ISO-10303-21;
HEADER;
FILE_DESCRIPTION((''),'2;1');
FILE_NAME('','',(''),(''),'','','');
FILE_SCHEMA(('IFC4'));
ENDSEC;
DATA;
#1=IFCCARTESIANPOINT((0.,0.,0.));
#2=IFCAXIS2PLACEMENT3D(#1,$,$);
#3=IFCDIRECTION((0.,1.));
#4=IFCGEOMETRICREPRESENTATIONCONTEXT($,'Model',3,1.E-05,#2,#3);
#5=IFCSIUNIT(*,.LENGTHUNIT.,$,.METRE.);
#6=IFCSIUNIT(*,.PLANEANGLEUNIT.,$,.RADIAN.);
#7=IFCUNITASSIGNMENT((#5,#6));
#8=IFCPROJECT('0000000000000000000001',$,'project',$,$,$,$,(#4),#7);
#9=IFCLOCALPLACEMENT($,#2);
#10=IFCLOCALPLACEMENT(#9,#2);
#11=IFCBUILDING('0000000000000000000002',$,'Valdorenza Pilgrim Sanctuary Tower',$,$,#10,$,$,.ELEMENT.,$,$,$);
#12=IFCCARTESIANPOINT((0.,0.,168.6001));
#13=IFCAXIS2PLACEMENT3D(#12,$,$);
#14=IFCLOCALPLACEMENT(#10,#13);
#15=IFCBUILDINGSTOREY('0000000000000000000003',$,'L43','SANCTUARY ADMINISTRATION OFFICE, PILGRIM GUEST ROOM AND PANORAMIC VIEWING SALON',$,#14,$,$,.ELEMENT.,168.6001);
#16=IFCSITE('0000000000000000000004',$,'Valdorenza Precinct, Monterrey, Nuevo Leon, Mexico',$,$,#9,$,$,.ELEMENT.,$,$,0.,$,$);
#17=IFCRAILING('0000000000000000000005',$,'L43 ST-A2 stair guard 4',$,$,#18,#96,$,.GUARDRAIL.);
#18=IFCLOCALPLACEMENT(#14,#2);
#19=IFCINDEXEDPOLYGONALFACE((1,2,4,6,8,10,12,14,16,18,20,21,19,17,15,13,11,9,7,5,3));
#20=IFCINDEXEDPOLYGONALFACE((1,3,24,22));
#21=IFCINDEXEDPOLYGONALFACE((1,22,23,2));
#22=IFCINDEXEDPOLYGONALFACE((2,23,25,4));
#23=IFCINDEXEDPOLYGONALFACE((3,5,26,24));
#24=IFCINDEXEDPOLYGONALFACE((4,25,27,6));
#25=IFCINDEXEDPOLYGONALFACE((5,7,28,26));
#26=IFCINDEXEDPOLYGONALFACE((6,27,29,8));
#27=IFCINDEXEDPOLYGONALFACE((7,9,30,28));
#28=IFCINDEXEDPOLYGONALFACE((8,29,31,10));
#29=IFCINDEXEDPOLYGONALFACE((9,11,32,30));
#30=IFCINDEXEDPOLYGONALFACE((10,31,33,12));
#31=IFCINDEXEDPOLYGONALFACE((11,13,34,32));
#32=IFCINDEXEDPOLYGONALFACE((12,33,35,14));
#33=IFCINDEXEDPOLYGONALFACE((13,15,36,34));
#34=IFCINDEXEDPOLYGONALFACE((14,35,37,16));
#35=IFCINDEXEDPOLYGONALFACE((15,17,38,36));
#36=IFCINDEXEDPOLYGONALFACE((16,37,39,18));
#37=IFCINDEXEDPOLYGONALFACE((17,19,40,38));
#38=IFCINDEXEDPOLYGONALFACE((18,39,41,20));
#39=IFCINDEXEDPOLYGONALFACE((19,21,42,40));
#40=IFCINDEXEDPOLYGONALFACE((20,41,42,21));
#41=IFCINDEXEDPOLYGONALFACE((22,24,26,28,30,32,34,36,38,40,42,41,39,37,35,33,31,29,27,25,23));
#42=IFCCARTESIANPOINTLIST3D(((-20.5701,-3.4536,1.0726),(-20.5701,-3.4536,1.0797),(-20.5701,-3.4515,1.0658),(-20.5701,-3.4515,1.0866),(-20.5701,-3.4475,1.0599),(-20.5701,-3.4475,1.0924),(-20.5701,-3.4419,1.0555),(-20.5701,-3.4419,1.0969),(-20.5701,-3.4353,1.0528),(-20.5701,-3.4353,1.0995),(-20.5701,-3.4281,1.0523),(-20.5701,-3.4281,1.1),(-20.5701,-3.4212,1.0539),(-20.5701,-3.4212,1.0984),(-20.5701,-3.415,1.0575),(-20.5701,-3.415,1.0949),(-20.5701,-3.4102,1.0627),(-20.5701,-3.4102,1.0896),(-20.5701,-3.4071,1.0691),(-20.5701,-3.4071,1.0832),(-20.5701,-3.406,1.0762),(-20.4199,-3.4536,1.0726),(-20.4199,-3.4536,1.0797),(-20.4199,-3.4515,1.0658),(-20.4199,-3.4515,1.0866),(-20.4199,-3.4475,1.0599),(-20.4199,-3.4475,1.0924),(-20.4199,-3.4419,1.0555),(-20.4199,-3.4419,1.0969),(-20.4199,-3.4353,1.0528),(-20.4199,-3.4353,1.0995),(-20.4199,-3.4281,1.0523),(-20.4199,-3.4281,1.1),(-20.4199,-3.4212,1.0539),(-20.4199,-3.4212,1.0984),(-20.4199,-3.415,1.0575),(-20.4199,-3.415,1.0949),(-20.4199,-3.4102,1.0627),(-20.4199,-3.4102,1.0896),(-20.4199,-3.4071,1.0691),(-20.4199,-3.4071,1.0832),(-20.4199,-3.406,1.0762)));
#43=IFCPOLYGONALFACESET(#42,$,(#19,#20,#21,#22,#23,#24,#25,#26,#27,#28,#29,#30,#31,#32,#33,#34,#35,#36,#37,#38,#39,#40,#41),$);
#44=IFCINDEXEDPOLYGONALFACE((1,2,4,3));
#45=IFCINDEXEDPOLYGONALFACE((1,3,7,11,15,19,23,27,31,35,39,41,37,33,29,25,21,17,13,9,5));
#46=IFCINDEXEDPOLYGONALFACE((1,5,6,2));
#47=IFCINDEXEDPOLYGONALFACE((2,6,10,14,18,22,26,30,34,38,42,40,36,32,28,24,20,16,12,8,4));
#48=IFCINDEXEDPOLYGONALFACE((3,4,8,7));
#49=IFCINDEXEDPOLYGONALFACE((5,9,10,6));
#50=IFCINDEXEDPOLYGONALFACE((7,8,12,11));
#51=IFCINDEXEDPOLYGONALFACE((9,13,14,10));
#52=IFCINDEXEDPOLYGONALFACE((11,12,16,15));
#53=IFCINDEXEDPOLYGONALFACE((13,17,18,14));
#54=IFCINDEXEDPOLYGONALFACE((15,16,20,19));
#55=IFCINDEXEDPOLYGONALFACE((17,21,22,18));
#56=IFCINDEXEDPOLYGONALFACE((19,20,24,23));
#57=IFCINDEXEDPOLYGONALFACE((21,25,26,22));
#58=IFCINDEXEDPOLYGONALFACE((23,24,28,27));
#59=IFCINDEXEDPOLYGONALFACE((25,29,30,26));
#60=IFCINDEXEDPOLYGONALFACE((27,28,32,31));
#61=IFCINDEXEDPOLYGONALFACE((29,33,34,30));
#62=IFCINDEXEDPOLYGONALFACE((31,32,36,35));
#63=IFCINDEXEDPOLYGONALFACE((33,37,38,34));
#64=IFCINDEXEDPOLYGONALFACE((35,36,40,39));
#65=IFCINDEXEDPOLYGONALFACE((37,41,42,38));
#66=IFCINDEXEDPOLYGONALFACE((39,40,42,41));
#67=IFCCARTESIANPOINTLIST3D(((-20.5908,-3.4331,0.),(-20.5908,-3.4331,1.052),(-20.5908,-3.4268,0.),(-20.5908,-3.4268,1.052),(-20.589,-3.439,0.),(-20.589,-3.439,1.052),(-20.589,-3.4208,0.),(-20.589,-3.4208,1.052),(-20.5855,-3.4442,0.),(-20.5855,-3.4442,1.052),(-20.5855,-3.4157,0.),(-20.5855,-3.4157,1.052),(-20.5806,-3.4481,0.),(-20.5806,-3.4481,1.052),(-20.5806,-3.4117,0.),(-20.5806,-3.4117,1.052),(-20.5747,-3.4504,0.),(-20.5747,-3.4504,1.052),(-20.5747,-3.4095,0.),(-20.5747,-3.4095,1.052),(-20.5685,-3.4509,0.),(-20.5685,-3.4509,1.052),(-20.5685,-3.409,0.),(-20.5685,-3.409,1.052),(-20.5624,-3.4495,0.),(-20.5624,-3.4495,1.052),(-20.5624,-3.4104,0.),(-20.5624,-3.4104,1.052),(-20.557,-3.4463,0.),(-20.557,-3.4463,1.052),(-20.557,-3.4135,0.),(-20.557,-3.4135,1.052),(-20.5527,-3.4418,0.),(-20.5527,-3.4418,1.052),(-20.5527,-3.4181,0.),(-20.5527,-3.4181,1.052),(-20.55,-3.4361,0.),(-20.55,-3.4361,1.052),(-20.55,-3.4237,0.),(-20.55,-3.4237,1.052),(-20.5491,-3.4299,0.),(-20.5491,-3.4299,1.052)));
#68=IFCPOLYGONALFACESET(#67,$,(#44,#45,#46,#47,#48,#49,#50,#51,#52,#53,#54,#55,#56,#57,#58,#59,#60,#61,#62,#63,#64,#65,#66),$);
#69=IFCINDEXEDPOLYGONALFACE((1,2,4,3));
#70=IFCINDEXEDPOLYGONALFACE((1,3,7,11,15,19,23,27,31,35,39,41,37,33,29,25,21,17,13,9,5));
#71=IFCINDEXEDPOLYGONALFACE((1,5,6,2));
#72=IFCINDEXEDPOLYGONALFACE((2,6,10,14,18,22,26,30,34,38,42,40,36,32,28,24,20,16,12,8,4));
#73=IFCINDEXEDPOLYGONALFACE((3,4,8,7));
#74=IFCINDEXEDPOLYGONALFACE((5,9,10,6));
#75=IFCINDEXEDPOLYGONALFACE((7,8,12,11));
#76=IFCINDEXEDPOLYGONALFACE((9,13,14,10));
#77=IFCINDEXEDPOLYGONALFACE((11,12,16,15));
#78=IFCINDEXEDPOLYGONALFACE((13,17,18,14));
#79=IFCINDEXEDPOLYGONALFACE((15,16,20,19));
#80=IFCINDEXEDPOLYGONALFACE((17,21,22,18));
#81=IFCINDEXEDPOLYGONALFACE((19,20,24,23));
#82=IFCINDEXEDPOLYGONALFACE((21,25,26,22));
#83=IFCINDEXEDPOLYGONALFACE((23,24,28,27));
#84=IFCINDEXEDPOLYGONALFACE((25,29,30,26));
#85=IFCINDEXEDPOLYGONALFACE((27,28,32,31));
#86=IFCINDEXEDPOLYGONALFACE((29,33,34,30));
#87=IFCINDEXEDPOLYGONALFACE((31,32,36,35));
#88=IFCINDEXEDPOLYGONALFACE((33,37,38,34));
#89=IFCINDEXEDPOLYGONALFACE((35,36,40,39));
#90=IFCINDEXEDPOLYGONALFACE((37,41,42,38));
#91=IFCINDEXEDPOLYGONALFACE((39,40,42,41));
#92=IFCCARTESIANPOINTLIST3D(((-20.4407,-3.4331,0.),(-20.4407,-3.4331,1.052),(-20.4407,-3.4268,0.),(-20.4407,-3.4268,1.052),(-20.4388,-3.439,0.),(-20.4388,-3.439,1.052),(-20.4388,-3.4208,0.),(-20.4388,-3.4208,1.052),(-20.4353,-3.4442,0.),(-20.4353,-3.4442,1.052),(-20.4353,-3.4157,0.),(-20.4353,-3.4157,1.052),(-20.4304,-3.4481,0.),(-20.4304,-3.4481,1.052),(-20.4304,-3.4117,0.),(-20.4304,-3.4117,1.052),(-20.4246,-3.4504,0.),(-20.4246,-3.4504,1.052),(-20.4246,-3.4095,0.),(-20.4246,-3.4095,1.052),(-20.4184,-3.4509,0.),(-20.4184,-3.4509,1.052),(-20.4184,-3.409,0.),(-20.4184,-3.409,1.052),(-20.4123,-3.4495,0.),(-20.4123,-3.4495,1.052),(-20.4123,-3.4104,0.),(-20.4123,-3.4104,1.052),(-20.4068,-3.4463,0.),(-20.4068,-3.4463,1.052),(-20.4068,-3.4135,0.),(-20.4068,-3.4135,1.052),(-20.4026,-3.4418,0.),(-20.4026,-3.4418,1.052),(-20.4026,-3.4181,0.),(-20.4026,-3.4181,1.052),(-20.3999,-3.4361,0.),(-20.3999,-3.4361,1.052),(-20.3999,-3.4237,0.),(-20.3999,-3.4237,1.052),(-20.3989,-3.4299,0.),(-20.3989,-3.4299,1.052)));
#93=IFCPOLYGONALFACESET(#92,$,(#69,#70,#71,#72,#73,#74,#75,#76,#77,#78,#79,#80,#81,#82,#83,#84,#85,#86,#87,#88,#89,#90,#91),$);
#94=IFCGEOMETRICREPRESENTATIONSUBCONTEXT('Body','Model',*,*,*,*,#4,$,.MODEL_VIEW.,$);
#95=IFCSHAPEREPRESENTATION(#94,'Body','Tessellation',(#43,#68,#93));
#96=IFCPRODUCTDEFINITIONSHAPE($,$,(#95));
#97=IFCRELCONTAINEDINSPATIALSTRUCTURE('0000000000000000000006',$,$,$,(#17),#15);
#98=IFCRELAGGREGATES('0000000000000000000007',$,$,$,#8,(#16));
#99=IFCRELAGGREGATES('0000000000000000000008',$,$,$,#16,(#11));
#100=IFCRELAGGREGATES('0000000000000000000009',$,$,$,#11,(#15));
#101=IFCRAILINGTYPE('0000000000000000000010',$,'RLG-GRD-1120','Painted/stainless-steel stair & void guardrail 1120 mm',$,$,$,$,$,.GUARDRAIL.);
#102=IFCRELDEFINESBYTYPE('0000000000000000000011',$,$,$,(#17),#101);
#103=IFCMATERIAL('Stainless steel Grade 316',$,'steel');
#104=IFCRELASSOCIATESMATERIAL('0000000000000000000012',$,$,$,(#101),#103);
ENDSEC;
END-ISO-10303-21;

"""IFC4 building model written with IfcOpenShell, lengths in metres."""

from ifc_helpers import new_model, si_unit, direction, frame, origin, origin_2d, place, context, subcontext, project, spatial, circle, extrude, material, type_object, element, save


model = new_model("IFC4")

# Units and contexts
model_context = context("Model", 3, precision=1e-05, world=origin(), true_north=direction((0.0, 1.0)))
body_context = subcontext(model_context, "Body", "Model", "MODEL_VIEW")
ifc_project = project(units=[si_unit("LENGTHUNIT", "METRE"), si_unit("PLANEANGLEUNIT", "RADIAN")], contexts=[model_context])

# Site, building, storey
site_placement = place(None, origin())
site = spatial("IfcSite", under=ifc_project, at=site_placement, Name="Valdorenza Precinct, Monterrey, Nuevo Leon, Mexico", CompositionType="ELEMENT", RefElevation=0.0)
building_placement = place(site_placement, origin())
building = spatial("IfcBuilding", under=site, at=building_placement, Name="Valdorenza Pilgrim Sanctuary Tower", CompositionType="ELEMENT")
storey_placement = place(building_placement, frame((0.0, 0.0, 168.6001)))
storey = spatial("IfcBuildingStorey", under=building, at=storey_placement, Name="L43", Description="SANCTUARY ADMINISTRATION OFFICE, PILGRIM GUEST ROOM AND PANORAMIC VIEWING SALON", CompositionType="ELEMENT", Elevation=168.6001)

# Railing
ifc_material_1 = material(Name="Stainless steel Grade 316", Category="steel")
railing_type_1 = type_object("IfcRailingType", Name="RLG-GRD-1120", Description="Painted/stainless-steel stair & void guardrail 1120 mm", PredefinedType="GUARDRAIL", material=ifc_material_1)
railing_1_placement = place(storey_placement, frame((-20.5701, -3.4299, 0.0)))
element("IfcRailing", 1, at=railing_1_placement, inside=storey, type_object=railing_type_1, Name="L43 ST-A2 stair guard 4", PredefinedType="GUARDRAIL", context=body_context, shape_type="SweptSolid", body=[
    extrude(circle(Radius=0.0239, at=origin_2d()), frame((0.0, 0.0, 1.0762), z_axis=(1.0, 0.0, 0.0), x_axis=(0.0, 1.0, 0.0)), (0.0, 0.0, 1.0), 0.1501),
    extrude(circle(Radius=0.021, at=origin_2d()), origin(), (0.0, 0.0, 1.0), 1.052),
    extrude(circle(Radius=0.021, at=origin_2d()), frame((0.1501, 0.0, 0.0)), (0.0, 0.0, 1.0), 1.052),
])

save(model, "model.ifc")
